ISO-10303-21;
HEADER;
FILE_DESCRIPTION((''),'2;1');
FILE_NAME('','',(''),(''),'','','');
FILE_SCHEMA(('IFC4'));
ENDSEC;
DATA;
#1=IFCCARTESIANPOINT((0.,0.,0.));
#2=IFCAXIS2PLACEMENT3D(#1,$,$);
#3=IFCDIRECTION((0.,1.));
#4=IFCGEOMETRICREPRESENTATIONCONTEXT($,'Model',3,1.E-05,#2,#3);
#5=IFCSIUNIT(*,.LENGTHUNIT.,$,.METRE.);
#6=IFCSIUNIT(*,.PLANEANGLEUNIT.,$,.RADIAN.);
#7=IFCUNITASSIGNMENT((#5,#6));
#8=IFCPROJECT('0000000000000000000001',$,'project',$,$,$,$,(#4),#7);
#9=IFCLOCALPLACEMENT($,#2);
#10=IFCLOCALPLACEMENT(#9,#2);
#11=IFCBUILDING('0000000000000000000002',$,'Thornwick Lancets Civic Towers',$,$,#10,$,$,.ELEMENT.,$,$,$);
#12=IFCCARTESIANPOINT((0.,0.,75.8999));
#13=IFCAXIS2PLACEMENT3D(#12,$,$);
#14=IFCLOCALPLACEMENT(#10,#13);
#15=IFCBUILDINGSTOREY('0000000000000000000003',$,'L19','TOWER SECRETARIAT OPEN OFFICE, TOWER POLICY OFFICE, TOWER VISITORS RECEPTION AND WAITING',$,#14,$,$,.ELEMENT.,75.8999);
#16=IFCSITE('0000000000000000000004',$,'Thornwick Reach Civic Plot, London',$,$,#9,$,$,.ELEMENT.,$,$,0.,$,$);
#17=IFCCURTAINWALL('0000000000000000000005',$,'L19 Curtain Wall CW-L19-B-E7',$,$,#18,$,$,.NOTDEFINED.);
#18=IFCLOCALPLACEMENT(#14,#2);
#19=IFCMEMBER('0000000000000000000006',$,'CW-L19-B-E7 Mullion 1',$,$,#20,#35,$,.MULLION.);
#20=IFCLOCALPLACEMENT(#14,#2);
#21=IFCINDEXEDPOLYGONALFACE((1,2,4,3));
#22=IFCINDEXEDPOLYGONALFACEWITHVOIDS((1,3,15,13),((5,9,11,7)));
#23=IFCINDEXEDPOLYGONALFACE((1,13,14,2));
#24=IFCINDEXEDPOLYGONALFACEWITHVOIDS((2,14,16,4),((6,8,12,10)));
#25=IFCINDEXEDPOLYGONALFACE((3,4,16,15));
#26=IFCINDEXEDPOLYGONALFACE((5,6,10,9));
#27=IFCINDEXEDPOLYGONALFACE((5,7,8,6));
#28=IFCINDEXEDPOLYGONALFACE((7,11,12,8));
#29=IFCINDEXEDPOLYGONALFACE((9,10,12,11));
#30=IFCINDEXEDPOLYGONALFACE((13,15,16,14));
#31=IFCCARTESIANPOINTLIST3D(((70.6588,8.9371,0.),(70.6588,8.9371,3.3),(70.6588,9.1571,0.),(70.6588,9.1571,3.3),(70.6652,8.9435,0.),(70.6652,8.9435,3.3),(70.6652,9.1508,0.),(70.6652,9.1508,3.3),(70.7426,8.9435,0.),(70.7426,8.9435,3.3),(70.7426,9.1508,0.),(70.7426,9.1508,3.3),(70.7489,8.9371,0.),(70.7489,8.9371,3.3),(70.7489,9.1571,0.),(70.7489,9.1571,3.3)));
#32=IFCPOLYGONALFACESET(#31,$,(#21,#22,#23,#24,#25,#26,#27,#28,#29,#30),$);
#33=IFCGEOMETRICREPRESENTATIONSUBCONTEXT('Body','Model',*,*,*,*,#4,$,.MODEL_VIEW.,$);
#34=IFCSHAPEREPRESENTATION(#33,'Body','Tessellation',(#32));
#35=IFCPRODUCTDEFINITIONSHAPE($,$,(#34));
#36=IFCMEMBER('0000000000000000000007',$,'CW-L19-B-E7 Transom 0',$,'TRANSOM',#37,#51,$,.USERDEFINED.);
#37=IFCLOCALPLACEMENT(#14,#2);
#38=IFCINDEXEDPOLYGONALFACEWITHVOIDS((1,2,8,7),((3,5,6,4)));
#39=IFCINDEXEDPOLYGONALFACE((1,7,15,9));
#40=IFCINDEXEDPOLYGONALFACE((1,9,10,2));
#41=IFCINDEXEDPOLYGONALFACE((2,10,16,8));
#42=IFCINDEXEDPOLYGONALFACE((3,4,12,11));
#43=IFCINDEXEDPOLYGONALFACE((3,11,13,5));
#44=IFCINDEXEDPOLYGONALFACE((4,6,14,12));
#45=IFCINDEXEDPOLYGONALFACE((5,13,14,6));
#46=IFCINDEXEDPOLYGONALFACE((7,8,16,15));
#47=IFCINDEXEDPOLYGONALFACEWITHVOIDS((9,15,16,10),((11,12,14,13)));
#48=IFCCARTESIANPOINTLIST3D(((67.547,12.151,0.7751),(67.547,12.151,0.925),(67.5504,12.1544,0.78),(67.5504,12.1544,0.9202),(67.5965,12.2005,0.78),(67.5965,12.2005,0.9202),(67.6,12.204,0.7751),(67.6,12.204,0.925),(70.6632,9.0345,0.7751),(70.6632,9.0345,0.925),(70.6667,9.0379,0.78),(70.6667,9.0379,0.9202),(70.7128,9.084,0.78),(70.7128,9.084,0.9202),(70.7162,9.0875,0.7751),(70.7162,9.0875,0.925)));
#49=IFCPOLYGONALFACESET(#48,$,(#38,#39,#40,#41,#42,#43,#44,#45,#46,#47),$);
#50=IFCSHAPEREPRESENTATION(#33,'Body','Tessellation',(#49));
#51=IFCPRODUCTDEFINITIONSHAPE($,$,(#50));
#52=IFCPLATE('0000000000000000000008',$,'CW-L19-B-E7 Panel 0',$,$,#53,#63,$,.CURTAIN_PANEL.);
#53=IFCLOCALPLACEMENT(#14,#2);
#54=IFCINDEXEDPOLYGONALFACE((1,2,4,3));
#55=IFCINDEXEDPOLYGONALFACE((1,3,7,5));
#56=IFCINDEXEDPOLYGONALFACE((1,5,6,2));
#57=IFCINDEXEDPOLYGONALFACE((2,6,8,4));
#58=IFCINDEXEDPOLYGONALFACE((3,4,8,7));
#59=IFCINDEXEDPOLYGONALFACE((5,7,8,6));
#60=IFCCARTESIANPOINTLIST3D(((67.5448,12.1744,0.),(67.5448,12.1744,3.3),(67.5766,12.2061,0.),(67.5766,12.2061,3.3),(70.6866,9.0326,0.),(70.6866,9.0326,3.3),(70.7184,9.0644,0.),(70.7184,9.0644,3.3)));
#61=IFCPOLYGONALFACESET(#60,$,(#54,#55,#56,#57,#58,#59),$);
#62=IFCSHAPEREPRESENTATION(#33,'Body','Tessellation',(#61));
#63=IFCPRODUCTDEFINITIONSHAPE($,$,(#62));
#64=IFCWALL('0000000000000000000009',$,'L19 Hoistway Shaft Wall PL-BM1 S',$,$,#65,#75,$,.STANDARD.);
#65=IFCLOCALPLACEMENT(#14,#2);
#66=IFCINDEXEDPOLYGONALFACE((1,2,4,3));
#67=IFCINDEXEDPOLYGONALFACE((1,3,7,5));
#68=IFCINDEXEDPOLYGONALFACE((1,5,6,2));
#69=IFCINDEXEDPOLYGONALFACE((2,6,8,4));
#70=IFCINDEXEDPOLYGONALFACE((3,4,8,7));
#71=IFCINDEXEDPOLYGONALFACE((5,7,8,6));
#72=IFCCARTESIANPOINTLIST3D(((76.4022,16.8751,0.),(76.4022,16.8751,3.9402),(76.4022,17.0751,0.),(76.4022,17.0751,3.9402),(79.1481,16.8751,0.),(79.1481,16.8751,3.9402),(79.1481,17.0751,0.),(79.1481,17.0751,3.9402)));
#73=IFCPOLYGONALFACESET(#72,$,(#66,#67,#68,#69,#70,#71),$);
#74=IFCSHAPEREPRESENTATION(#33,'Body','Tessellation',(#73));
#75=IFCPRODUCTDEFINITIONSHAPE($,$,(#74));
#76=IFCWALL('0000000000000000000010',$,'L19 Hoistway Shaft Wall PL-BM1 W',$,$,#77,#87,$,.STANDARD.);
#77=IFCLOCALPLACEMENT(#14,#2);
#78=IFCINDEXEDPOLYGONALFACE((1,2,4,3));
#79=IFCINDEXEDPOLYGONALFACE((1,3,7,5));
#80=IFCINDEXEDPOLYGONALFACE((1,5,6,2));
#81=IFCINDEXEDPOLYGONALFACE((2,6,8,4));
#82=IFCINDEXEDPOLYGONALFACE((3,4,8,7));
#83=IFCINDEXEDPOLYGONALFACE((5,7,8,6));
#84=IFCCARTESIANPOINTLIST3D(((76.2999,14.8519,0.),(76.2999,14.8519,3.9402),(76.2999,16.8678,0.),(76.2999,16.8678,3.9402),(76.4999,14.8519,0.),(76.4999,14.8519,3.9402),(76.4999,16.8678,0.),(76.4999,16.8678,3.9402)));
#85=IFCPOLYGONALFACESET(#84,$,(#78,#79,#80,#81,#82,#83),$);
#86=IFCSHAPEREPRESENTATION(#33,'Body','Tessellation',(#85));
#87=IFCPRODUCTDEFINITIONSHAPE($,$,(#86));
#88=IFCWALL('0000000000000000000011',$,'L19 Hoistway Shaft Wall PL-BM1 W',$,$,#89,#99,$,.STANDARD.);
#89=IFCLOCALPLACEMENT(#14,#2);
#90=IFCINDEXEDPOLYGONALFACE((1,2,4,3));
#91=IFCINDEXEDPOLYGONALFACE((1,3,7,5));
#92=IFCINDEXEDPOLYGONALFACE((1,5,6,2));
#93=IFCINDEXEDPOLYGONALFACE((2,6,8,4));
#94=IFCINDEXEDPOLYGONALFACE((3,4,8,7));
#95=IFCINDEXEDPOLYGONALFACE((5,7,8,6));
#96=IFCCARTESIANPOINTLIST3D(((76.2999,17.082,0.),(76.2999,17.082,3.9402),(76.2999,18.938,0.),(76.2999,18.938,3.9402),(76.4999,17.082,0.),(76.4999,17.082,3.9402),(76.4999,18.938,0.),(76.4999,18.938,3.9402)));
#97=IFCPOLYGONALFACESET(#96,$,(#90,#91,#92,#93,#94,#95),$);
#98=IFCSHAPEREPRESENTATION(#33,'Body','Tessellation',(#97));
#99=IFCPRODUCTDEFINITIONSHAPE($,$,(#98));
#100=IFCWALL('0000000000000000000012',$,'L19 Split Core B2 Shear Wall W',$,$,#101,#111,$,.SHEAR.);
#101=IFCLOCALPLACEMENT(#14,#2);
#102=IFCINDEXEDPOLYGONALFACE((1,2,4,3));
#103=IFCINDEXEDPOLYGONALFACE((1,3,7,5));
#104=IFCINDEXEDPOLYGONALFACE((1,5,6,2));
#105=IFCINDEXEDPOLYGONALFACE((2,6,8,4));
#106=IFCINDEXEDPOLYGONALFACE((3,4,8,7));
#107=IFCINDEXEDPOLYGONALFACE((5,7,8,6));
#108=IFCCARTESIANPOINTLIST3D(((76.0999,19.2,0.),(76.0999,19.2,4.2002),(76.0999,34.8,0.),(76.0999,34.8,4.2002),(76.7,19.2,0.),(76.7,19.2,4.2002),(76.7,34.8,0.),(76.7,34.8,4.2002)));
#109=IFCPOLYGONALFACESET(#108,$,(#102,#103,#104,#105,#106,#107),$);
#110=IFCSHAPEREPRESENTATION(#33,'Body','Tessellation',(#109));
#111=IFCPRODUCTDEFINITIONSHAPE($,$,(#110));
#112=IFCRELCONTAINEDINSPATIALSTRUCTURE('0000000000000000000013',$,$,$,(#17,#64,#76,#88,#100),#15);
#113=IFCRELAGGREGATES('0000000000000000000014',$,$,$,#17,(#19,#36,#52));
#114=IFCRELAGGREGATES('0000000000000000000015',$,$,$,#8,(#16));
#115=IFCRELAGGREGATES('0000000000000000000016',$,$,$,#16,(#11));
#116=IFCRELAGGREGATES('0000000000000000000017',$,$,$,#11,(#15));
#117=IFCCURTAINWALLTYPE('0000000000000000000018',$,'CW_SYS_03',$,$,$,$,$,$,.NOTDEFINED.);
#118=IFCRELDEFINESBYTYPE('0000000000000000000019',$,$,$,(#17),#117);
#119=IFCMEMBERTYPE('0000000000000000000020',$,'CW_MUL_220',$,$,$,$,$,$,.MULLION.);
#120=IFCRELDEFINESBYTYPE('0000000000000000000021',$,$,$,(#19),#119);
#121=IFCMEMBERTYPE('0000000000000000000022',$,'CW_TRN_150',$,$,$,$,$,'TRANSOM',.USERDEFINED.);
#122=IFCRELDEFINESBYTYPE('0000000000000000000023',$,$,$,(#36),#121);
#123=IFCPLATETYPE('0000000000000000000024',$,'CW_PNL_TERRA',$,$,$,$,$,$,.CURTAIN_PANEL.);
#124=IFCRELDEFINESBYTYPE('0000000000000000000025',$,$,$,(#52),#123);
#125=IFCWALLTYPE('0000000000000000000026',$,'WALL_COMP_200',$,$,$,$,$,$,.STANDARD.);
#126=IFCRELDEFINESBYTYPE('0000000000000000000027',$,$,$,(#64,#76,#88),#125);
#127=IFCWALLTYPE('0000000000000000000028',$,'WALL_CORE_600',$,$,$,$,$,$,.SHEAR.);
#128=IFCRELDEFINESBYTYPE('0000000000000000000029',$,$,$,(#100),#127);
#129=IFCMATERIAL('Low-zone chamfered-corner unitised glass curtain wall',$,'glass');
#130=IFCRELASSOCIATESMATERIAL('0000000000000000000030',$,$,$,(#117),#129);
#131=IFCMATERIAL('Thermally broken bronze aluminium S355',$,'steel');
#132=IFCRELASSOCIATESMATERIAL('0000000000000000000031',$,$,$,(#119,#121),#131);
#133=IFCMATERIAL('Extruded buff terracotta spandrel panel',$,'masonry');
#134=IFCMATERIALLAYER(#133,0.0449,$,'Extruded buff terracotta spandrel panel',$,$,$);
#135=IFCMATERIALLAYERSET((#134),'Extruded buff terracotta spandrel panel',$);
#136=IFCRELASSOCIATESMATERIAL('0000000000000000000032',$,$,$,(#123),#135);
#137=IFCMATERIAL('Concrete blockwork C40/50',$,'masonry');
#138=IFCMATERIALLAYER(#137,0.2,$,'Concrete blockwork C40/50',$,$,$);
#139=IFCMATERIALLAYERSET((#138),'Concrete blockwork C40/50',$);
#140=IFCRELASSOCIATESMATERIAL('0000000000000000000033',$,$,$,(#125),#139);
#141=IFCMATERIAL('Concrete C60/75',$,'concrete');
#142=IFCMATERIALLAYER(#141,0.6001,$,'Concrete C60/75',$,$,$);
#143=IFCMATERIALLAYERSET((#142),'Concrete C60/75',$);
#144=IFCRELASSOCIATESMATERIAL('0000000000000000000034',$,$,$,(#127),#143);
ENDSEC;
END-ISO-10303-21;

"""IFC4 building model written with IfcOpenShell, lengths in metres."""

from ifc_helpers import new_model, si_unit, direction, frame, frame_2d, origin, origin_2d, place, context, subcontext, project, spatial, rectangle, hollow_rectangle, extrude, material, layer, layer_set, material_profile, profile_set, type_object, element, aggregate, save


model = new_model("IFC4")

# Units and contexts
model_context = context("Model", 3, precision=1e-05, world=origin(), true_north=direction((0.0, 1.0)))
body_context = subcontext(model_context, "Body", "Model", "MODEL_VIEW")
ifc_project = project(units=[si_unit("LENGTHUNIT", "METRE"), si_unit("PLANEANGLEUNIT", "RADIAN")], contexts=[model_context])

# Site, building, storey
site_placement = place(None, origin())
site = spatial("IfcSite", under=ifc_project, at=site_placement, Name="Thornwick Reach Civic Plot, London", CompositionType="ELEMENT", RefElevation=0.0)
building_placement = place(site_placement, origin())
building = spatial("IfcBuilding", under=site, at=building_placement, Name="Thornwick Lancets Civic Towers", CompositionType="ELEMENT")
storey_placement = place(building_placement, frame((0.0, 0.0, 75.8999)))
storey = spatial("IfcBuildingStorey", under=building, at=storey_placement, Name="L19", Description="TOWER SECRETARIAT OPEN OFFICE, TOWER POLICY OFFICE, TOWER VISITORS RECEPTION AND WAITING", CompositionType="ELEMENT", Elevation=75.8999)

# Shared definitions
ifc_material_1 = material(Name="Concrete C60/75", Category="concrete")

# Curtain wall, members, plate
ifc_material_2 = material(Name="Low-zone chamfered-corner unitised glass curtain wall", Category="glass")
curtain_wall_type = type_object("IfcCurtainWallType", Name="CW_SYS_03", PredefinedType="NOTDEFINED", material=ifc_material_2)
curtain_wall_placement = place(storey_placement, origin())
curtain_wall = element("IfcCurtainWall", 1, at=curtain_wall_placement, inside=storey, type_object=curtain_wall_type, Name="L19 Curtain Wall CW-L19-B-E7", PredefinedType="NOTDEFINED")
ifc_material_3 = material(Name="Thermally broken bronze aluminium S355", Category="steel")
ifc_material_profile_1 = material_profile(ifc_material_3, hollow_rectangle(XDim=0.0901, YDim=0.22, WallThickness=0.0063, at=origin_2d()), Name="RHS 220x90x6.3")
ifc_profile_set_1 = profile_set([ifc_material_profile_1], Name="Thermally broken bronze aluminium S355")
member_type_1 = type_object("IfcMemberType", Name="CW_MUL_220", PredefinedType="MULLION", material=ifc_profile_set_1)
member_1_placement = place(storey_placement, frame((70.7039, 9.0471, 0.0), z_axis=(0.0, 0.0, 1.0), x_axis=(1.0, 0.0, 0.0)))
member_1 = element("IfcMember", 2, at=member_1_placement, type_object=member_type_1, Name="CW-L19-B-E7 Mullion 1", PredefinedType="MULLION", context=body_context, shape_type="SweptSolid", body=[
    extrude(hollow_rectangle(XDim=0.0901, YDim=0.22, WallThickness=0.0063, at=origin_2d()), origin(), (0.0, 0.0, 1.0), 3.3),
])
ifc_material_profile_2 = material_profile(ifc_material_3, hollow_rectangle(XDim=0.075, YDim=0.1499, WallThickness=0.0049, at=origin_2d()), Name="RHS 150x75x5")
ifc_profile_set_2 = profile_set([ifc_material_profile_2], Name="Thermally broken bronze aluminium S355")
member_type_2 = type_object("IfcMemberType", Name="CW_TRN_150", ElementType="TRANSOM", PredefinedType="USERDEFINED", material=ifc_profile_set_2)
member_2_placement = place(storey_placement, frame((67.5735, 12.1775, 0.8501), z_axis=(0.707079, -0.707134, 0.0), x_axis=(0.707134, 0.707079, 0.0)))
member_2 = element("IfcMember", 3, at=member_2_placement, type_object=member_type_2, Name="CW-L19-B-E7 Transom 0", ObjectType="TRANSOM", PredefinedType="USERDEFINED", context=body_context, shape_type="SweptSolid", body=[
    extrude(hollow_rectangle(XDim=0.075, YDim=0.1499, WallThickness=0.0049, at=origin_2d()), origin(), (0.0, 0.0, 1.0), 4.4072),
])
ifc_material_4 = material(Name="Extruded buff terracotta spandrel panel", Category="masonry")
ifc_layer_1 = layer(ifc_material_4, 0.0449, Name="Extruded buff terracotta spandrel panel")
ifc_layer_set_1 = layer_set([ifc_layer_1], Name="Extruded buff terracotta spandrel panel")
plate_type = type_object("IfcPlateType", Name="CW_PNL_TERRA", PredefinedType="CURTAIN_PANEL", material=ifc_layer_set_1)
plate_placement = place(storey_placement, frame((69.1316, 10.6194, 0.0), z_axis=(0.0, 0.0, 1.0), x_axis=(0.707107, -0.707107, 0.0)))
plate = element("IfcPlate", 4, at=plate_placement, type_object=plate_type, Name="CW-L19-B-E7 Panel 0", PredefinedType="CURTAIN_PANEL", context=body_context, shape_type="SweptSolid", body=[
    extrude(rectangle(XDim=4.4431, YDim=0.0449, at=origin_2d()), origin(), (0.0, 0.0, 1.0), 3.3),
])
aggregate(curtain_wall, [member_1, member_2, plate])

# Walls
ifc_material_5 = material(Name="Concrete blockwork C40/50", Category="masonry")
ifc_layer_2 = layer(ifc_material_5, 0.2, Name="Concrete blockwork C40/50")
ifc_layer_set_2 = layer_set([ifc_layer_2], Name="Concrete blockwork C40/50")
wall_type_1 = type_object("IfcWallType", Name="WALL_COMP_200", PredefinedType="STANDARD", material=ifc_layer_set_2)
wall_1_placement = place(storey_placement, frame((76.4021, 16.9751, 0.0), z_axis=(0.0, 0.0, 1.0), x_axis=(1.0, 0.0, 0.0)))
element("IfcWall", 5, at=wall_1_placement, inside=storey, type_object=wall_type_1, Name="L19 Hoistway Shaft Wall PL-BM1 S", PredefinedType="STANDARD", context=body_context, shape_type="SweptSolid", body=[
    extrude(rectangle(XDim=2.7458, YDim=0.2, at=frame_2d((1.373, 0.0))), origin(), (0.0, 0.0, 1.0), 3.9402),
])
wall_2_placement = place(storey_placement, frame((76.3999, 14.8521, 0.0), z_axis=(0.0, 0.0, 1.0), x_axis=(0.0, 1.0, 0.0)))
element("IfcWall", 6, at=wall_2_placement, inside=storey, type_object=wall_type_1, Name="L19 Hoistway Shaft Wall PL-BM1 W", PredefinedType="STANDARD", context=body_context, shape_type="SweptSolid", body=[
    extrude(rectangle(XDim=2.0159, YDim=0.2, at=frame_2d((1.0078, 0.0))), origin(), (0.0, 0.0, 1.0), 3.9402),
])
wall_3_placement = place(storey_placement, frame((76.3999, 17.082, 0.0), z_axis=(0.0, 0.0, 1.0), x_axis=(0.0, 1.0, 0.0)))
element("IfcWall", 7, at=wall_3_placement, inside=storey, type_object=wall_type_1, Name="L19 Hoistway Shaft Wall PL-BM1 W", PredefinedType="STANDARD", context=body_context, shape_type="SweptSolid", body=[
    extrude(rectangle(XDim=1.856, YDim=0.2, at=frame_2d((0.928, 0.0))), origin(), (0.0, 0.0, 1.0), 3.9402),
])
ifc_layer_3 = layer(ifc_material_1, 0.6001, Name="Concrete C60/75")
ifc_layer_set_3 = layer_set([ifc_layer_3], Name="Concrete C60/75")
wall_type_2 = type_object("IfcWallType", Name="WALL_CORE_600", PredefinedType="SHEAR", material=ifc_layer_set_3)
wall_4_placement = place(storey_placement, frame((76.3999, 19.2, 0.0), z_axis=(0.0, 0.0, 1.0), x_axis=(0.0, 1.0, 0.0)))
element("IfcWall", 8, at=wall_4_placement, inside=storey, type_object=wall_type_2, Name="L19 Split Core B2 Shear Wall W", PredefinedType="SHEAR", context=body_context, shape_type="SweptSolid", body=[
    extrude(rectangle(XDim=15.6001, YDim=0.6001, at=frame_2d((7.8, 0.0))), origin(), (0.0, 0.0, 1.0), 4.2002),
])

save(model, "model.ifc")
